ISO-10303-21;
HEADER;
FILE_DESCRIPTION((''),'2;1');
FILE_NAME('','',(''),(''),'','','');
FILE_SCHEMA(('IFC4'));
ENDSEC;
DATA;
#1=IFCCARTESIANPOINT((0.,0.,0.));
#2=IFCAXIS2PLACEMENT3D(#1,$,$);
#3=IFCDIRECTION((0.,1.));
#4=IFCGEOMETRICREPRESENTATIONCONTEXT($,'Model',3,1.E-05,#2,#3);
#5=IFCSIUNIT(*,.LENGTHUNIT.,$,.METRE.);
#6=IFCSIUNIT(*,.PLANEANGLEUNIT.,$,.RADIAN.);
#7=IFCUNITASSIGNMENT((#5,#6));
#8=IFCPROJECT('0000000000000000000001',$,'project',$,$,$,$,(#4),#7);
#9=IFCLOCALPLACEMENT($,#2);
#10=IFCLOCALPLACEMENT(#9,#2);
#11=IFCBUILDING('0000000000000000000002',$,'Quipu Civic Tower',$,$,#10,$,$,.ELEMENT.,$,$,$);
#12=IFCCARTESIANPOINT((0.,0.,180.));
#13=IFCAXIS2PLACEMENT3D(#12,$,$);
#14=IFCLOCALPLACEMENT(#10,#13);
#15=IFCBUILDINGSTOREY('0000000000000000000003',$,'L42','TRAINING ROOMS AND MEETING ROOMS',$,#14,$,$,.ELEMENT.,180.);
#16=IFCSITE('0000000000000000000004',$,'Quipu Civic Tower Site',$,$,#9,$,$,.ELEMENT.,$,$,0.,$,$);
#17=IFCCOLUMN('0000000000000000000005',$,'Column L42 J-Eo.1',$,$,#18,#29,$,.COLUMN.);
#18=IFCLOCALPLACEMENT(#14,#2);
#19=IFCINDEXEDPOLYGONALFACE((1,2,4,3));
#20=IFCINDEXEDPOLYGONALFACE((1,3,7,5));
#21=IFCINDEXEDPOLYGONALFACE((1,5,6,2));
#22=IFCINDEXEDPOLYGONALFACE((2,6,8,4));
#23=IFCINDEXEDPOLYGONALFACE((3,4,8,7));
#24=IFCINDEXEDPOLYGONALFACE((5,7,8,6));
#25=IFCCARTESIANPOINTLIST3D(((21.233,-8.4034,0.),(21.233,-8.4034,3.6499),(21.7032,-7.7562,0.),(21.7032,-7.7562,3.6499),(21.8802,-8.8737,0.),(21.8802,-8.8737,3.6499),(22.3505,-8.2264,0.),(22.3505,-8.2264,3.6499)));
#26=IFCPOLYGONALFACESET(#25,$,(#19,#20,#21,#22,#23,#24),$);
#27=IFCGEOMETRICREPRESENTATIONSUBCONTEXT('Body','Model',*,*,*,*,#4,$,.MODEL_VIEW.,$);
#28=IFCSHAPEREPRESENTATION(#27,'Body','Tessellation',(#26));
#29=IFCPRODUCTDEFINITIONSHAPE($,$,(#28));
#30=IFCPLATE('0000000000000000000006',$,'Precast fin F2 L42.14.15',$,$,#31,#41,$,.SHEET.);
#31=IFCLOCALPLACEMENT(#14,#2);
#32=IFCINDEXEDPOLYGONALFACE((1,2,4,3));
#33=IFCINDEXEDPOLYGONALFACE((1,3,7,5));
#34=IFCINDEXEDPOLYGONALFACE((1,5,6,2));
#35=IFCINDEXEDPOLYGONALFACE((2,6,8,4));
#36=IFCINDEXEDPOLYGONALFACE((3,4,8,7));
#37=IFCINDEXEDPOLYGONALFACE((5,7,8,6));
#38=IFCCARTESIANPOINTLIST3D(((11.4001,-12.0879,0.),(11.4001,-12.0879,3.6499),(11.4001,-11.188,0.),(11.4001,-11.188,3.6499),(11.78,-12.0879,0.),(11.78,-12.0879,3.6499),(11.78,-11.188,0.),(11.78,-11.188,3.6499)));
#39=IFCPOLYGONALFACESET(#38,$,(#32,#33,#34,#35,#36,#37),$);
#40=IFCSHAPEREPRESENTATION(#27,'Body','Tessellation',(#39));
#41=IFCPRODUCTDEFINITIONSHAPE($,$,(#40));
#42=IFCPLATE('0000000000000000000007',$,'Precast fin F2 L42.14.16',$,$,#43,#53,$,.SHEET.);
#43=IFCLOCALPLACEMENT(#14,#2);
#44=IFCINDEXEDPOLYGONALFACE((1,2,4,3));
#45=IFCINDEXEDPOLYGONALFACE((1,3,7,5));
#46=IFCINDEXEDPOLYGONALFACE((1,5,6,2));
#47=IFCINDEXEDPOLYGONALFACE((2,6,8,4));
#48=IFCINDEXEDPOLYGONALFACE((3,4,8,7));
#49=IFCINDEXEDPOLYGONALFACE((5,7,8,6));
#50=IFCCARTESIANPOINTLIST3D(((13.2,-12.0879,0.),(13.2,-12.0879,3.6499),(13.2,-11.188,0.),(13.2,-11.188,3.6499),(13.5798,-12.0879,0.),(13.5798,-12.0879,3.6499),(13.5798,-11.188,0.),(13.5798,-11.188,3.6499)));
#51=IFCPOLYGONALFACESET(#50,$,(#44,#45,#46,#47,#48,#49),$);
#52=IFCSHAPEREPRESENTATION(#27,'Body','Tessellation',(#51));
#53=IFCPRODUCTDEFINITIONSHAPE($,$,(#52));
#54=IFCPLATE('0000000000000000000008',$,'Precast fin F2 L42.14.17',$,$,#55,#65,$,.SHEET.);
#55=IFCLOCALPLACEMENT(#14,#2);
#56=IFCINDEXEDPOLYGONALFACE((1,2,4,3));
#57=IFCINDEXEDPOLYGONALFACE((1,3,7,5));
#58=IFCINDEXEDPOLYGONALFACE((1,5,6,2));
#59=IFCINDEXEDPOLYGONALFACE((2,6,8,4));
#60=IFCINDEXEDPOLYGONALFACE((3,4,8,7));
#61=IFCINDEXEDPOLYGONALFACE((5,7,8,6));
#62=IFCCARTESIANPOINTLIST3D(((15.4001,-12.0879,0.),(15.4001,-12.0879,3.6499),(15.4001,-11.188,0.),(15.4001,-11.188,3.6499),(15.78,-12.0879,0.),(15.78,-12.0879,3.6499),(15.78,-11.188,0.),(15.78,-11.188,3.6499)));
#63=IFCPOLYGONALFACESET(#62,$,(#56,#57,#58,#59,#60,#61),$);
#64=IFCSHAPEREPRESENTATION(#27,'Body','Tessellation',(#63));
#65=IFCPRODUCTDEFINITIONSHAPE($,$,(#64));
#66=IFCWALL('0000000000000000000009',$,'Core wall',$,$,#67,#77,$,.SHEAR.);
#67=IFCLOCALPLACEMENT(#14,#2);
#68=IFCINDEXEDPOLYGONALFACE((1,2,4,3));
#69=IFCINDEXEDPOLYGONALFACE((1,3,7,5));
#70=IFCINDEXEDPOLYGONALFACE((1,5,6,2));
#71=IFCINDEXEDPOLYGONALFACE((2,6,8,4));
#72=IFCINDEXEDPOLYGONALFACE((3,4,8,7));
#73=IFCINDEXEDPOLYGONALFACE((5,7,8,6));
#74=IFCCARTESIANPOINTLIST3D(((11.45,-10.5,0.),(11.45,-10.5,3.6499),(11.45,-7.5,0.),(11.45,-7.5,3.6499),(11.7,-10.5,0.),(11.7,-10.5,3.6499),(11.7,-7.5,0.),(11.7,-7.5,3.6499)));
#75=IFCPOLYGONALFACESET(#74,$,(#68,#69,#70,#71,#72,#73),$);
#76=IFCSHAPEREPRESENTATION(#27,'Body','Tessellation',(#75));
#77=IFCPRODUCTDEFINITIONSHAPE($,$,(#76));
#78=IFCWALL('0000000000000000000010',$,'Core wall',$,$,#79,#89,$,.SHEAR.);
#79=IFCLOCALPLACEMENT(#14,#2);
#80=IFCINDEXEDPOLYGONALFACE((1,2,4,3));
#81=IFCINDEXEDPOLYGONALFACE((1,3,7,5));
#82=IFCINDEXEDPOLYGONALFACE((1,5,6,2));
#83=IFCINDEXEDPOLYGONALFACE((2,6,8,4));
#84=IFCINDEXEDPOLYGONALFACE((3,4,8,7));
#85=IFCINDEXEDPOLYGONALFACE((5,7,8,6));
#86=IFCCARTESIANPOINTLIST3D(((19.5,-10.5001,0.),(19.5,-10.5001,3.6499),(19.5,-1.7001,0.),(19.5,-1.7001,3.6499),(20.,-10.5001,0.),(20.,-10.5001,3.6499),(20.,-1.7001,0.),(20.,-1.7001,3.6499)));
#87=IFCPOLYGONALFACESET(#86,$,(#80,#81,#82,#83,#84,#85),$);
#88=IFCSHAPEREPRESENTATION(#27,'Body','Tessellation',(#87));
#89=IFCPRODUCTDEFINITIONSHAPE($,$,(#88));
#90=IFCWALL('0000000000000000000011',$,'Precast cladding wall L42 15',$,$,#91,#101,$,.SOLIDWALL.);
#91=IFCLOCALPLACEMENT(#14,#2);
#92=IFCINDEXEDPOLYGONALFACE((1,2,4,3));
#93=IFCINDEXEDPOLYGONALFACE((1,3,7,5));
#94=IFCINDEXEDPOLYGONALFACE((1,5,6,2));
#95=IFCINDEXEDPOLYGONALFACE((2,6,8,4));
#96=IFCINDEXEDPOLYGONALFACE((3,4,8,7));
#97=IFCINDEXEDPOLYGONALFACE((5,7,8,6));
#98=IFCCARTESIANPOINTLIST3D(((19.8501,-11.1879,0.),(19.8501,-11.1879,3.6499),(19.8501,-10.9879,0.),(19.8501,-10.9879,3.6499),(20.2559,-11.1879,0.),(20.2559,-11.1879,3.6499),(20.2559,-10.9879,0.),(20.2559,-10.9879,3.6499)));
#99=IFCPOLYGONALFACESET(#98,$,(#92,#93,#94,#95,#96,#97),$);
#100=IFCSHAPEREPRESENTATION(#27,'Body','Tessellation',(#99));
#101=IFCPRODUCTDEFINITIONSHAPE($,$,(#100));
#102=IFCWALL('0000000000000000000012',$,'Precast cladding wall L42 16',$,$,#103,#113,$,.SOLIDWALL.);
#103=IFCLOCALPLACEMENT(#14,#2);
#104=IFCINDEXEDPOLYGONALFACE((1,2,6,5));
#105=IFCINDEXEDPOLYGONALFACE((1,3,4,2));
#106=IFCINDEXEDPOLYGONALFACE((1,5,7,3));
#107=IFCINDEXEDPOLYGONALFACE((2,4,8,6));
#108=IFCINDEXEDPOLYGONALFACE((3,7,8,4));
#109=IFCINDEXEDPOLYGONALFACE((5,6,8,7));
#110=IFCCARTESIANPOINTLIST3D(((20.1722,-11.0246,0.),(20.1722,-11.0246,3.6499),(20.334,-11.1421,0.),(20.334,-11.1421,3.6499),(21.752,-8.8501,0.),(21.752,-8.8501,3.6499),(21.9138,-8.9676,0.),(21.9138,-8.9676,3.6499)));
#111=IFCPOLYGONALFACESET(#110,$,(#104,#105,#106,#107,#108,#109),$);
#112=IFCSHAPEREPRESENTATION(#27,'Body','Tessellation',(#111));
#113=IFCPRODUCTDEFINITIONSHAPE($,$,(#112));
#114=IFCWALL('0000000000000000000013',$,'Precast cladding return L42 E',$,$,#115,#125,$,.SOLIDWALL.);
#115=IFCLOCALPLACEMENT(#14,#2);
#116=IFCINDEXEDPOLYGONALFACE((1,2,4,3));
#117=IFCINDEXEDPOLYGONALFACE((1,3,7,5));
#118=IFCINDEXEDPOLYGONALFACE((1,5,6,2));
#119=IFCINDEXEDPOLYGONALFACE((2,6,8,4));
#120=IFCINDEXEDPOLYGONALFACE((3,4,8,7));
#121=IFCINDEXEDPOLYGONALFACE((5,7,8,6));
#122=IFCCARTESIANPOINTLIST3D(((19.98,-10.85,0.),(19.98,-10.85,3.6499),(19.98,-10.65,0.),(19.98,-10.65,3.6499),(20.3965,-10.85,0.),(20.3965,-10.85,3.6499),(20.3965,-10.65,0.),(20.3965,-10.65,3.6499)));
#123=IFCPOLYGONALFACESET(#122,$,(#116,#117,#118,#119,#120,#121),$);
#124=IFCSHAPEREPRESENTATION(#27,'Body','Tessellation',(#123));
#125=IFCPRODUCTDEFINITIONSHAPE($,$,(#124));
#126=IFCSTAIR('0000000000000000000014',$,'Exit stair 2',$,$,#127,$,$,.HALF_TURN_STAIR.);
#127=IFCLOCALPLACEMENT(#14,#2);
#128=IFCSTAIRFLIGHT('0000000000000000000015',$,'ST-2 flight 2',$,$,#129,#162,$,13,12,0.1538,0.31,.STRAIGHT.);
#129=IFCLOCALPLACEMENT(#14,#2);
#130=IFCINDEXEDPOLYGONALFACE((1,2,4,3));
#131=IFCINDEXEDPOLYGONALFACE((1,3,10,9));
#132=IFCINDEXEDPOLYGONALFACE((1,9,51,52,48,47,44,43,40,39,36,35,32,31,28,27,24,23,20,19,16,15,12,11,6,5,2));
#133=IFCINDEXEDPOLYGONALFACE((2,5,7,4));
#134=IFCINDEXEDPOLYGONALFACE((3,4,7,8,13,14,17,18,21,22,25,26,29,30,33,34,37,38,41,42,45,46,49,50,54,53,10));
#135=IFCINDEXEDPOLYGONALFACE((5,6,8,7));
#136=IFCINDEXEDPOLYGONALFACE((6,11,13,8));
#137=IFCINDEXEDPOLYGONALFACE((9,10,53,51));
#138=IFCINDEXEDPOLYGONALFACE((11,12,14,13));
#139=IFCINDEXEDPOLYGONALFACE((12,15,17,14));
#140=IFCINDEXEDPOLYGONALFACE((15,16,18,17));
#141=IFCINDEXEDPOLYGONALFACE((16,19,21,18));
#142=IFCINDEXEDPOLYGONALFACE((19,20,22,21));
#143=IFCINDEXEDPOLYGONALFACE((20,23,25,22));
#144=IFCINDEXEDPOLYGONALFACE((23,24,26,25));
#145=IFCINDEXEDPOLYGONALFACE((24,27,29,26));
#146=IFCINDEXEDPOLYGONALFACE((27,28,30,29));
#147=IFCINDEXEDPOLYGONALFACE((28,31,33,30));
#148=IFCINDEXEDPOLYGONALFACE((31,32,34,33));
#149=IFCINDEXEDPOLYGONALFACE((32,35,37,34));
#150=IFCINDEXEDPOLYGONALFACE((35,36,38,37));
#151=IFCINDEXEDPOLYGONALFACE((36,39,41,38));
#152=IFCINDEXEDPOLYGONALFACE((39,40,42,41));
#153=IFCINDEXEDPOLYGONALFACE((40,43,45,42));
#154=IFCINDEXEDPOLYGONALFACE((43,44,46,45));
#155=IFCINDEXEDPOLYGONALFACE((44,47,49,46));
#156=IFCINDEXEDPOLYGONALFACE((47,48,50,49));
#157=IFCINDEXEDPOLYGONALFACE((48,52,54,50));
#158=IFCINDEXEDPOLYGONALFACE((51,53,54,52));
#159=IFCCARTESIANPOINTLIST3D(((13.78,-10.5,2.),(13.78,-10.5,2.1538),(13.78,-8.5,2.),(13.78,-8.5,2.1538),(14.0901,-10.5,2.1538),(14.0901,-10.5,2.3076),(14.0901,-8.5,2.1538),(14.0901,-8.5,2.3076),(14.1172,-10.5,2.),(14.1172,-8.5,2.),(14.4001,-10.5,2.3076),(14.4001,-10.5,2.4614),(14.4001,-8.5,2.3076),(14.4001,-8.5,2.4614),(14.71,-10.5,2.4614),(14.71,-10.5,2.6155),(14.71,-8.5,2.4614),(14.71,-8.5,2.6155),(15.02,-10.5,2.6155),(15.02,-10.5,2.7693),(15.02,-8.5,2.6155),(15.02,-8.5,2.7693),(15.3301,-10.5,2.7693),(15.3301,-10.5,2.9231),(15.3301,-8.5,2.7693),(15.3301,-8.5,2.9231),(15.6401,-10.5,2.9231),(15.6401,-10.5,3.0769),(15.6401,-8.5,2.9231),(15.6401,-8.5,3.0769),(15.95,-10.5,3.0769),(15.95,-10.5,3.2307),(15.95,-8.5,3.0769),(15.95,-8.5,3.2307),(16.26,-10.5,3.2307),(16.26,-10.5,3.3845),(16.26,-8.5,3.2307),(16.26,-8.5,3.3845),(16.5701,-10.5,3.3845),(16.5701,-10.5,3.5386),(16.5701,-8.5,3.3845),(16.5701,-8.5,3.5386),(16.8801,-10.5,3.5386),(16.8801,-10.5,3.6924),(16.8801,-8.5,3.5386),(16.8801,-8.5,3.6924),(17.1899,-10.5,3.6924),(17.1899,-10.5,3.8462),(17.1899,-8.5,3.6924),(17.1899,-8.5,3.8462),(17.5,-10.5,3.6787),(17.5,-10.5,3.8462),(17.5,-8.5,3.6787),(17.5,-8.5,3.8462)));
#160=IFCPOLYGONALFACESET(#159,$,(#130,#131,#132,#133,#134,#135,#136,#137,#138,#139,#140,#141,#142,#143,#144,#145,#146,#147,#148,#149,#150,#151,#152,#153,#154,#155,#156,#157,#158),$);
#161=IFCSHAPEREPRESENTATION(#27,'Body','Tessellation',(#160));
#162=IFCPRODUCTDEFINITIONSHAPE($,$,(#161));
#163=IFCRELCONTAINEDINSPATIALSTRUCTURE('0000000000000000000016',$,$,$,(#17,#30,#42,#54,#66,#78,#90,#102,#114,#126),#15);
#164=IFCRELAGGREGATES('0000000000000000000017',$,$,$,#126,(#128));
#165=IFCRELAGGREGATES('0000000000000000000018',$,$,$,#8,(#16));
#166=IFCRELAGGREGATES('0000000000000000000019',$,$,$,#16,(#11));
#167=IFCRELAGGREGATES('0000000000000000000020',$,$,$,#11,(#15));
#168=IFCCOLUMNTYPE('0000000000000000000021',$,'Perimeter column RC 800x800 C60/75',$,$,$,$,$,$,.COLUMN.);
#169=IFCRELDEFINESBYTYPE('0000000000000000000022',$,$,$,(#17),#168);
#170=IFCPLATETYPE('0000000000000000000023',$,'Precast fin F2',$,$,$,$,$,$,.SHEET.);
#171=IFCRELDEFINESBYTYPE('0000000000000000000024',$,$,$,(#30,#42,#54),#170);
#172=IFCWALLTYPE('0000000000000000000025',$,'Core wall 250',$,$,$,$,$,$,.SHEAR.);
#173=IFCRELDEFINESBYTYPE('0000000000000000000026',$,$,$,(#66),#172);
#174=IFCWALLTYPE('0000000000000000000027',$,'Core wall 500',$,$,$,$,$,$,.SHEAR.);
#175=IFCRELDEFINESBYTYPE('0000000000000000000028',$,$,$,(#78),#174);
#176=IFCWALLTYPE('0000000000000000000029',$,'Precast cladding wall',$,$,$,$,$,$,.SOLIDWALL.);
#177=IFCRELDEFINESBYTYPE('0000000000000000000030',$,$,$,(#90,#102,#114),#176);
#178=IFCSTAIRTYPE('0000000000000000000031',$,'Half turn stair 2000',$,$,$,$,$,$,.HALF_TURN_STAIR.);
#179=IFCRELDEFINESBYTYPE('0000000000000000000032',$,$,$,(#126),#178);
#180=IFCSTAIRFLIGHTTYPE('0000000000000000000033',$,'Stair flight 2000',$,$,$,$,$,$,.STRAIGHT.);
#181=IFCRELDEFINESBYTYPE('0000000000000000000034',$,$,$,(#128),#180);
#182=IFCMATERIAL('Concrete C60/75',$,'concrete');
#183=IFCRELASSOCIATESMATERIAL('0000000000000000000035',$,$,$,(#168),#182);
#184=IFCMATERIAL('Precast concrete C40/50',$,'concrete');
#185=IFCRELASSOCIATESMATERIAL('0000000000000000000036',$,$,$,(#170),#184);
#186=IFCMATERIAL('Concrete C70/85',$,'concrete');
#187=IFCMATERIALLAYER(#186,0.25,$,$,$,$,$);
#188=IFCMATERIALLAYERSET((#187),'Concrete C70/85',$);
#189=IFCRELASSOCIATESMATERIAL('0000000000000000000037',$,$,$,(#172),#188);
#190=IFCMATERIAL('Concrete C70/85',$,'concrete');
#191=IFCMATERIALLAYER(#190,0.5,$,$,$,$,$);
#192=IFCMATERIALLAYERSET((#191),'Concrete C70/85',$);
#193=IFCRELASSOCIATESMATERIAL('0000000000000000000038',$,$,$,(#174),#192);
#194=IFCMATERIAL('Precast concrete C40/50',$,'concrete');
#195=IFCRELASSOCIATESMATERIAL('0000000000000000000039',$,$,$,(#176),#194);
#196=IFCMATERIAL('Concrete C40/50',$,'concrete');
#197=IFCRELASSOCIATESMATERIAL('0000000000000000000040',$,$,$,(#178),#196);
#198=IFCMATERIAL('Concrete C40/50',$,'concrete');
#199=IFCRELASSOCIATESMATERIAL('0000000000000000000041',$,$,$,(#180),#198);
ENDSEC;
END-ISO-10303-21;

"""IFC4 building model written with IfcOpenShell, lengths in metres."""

from ifc_helpers import new_model, si_unit, direction, frame, frame_2d, origin, origin_2d, place, context, subcontext, project, spatial, polyline, rectangle, outline, extrude, material, layer, layer_set, material_profile, profile_set, type_object, element, aggregate, save


model = new_model("IFC4")

# Units and contexts
model_context = context("Model", 3, precision=1e-05, world=origin(), true_north=direction((0.0, 1.0)))
body_context = subcontext(model_context, "Body", "Model", "MODEL_VIEW")
ifc_project = project(units=[si_unit("LENGTHUNIT", "METRE"), si_unit("PLANEANGLEUNIT", "RADIAN")], contexts=[model_context])

# Site, building, storey
site_placement = place(None, origin())
site = spatial("IfcSite", under=ifc_project, at=site_placement, Name="Quipu Civic Tower Site", CompositionType="ELEMENT", RefElevation=0.0)
building_placement = place(site_placement, origin())
building = spatial("IfcBuilding", under=site, at=building_placement, Name="Quipu Civic Tower", CompositionType="ELEMENT")
storey_placement = place(building_placement, frame((0.0, 0.0, 180.0)))
storey = spatial("IfcBuildingStorey", under=building, at=storey_placement, Name="L42", Description="TRAINING ROOMS AND MEETING ROOMS", CompositionType="ELEMENT", Elevation=180.0)

# Column
ifc_material_1 = material(Name="Concrete C60/75", Category="concrete")
ifc_material_profile = material_profile(ifc_material_1, rectangle(XDim=0.8, YDim=0.8, at=origin_2d()), Name="RC800x800")
ifc_profile_set = profile_set([ifc_material_profile], Name="Concrete C60/75")
column_type = type_object("IfcColumnType", Name="Perimeter column RC 800x800 C60/75", PredefinedType="COLUMN", material=ifc_profile_set)
column_placement = place(storey_placement, frame((21.7917, -8.3149, 0.0), z_axis=(0.0, 0.0, 1.0), x_axis=(0.587785, 0.809017, 0.0)))
element("IfcColumn", 1, at=column_placement, inside=storey, type_object=column_type, Name="Column L42 J-Eo.1", PredefinedType="COLUMN", context=body_context, shape_type="SweptSolid", body=[
    extrude(rectangle(XDim=0.8, YDim=0.8, at=origin_2d()), origin(), (0.0, 0.0, 1.0), 3.6499),
])

# Plates
ifc_material_2 = material(Name="Precast concrete C40/50", Category="concrete")
plate_type = type_object("IfcPlateType", Name="Precast fin F2", PredefinedType="SHEET", material=ifc_material_2)
for number, where, z_axis, x_axis, name in (
    (2, (11.5901, -11.6379, 0.0), (0.0, 0.0, 1.0), (1.0, 0.0, 0.0), "Precast fin F2 L42.14.15"),
    (3, (13.3899, -11.6379, 0.0), (0.0, 0.0, 1.0), (1.0, 0.0, 0.0), "Precast fin F2 L42.14.16"),
    (4, (15.5901, -11.6379, 0.0), (0.0, 0.0, 1.0), (1.0, 0.0, 0.0), "Precast fin F2 L42.14.17"),
):
    element("IfcPlate", number, at=place(storey_placement, frame(where, z_axis=z_axis, x_axis=x_axis)), inside=storey, type_object=plate_type, Name=name, PredefinedType="SHEET", context=body_context, shape_type="SweptSolid", body=[
        extrude(rectangle(XDim=0.3799, YDim=0.8999, at=origin_2d()), origin(), (0.0, 0.0, 1.0), 3.6499),
    ])

# Wall
ifc_material_3 = material(Name="Concrete C70/85", Category="concrete")
ifc_layer_1 = layer(ifc_material_3, 0.25)
ifc_layer_set_1 = layer_set([ifc_layer_1], Name="Concrete C70/85")
wall_type_1 = type_object("IfcWallType", Name="Core wall 250", PredefinedType="SHEAR", material=ifc_layer_set_1)
wall_1_placement = place(storey_placement, frame((11.575, -10.5, 0.0), z_axis=(0.0, 0.0, 1.0), x_axis=(0.0, 1.0, 0.0)))
element("IfcWall", 5, at=wall_1_placement, inside=storey, type_object=wall_type_1, Name="Core wall", PredefinedType="SHEAR", context=body_context, shape_type="SweptSolid", body=[
    extrude(rectangle(XDim=3.0, YDim=0.25, at=frame_2d((1.5, 0.0))), origin(), (0.0, 0.0, 1.0), 3.6499),
])

# Walls
ifc_material_4 = material(Name="Concrete C70/85", Category="concrete")
ifc_layer_2 = layer(ifc_material_4, 0.5)
ifc_layer_set_2 = layer_set([ifc_layer_2], Name="Concrete C70/85")
wall_type_2 = type_object("IfcWallType", Name="Core wall 500", PredefinedType="SHEAR", material=ifc_layer_set_2)
wall_2_placement = place(storey_placement, frame((19.75, -10.5, 0.0), z_axis=(0.0, 0.0, 1.0), x_axis=(0.0, 1.0, 0.0)))
element("IfcWall", 6, at=wall_2_placement, inside=storey, type_object=wall_type_2, Name="Core wall", PredefinedType="SHEAR", context=body_context, shape_type="SweptSolid", body=[
    extrude(rectangle(XDim=8.8, YDim=0.5, at=frame_2d((4.3999, 0.0))), origin(), (0.0, 0.0, 1.0), 3.6499),
])
ifc_material_5 = material(Name="Precast concrete C40/50", Category="concrete")
wall_type_3 = type_object("IfcWallType", Name="Precast cladding wall", PredefinedType="SOLIDWALL", material=ifc_material_5)
wall_3_placement = place(storey_placement, frame((19.8501, -11.0879, 0.0), z_axis=(0.0, 0.0, 1.0), x_axis=(1.0, 0.0, 0.0)))
element("IfcWall", 7, at=wall_3_placement, inside=storey, type_object=wall_type_3, Name="Precast cladding wall L42 15", PredefinedType="SOLIDWALL", context=body_context, shape_type="SweptSolid", body=[
    extrude(rectangle(XDim=0.4058, YDim=0.2, at=frame_2d((0.2029, 0.0))), origin(), (0.0, 0.0, 1.0), 3.6499),
])
wall_4_placement = place(storey_placement, frame((20.2532, -11.0833, 0.0), z_axis=(0.0, 0.0, 1.0), x_axis=(0.587767, 0.809031, 0.0)))
element("IfcWall", 8, at=wall_4_placement, inside=storey, type_object=wall_type_3, Name="Precast cladding wall L42 16", PredefinedType="SOLIDWALL", context=body_context, shape_type="SweptSolid", body=[
    extrude(rectangle(XDim=2.6877, YDim=0.2, at=frame_2d((1.3438, 0.0))), origin(), (0.0, 0.0, 1.0), 3.6499),
])
wall_5_placement = place(storey_placement, frame((19.98, -10.75, 0.0), z_axis=(0.0, 0.0, 1.0), x_axis=(1.0, 0.0, 0.0)))
element("IfcWall", 9, at=wall_5_placement, inside=storey, type_object=wall_type_3, Name="Precast cladding return L42 E", PredefinedType="SOLIDWALL", context=body_context, shape_type="SweptSolid", body=[
    extrude(rectangle(XDim=0.4165, YDim=0.2, at=frame_2d((0.2083, 0.0))), origin(), (0.0, 0.0, 1.0), 3.6499),
])

# Stair, stair flight
ifc_material_6 = material(Name="Concrete C40/50", Category="concrete")
stair_type = type_object("IfcStairType", Name="Half turn stair 2000", PredefinedType="HALF_TURN_STAIR", material=ifc_material_6)
stair_placement = place(storey_placement, origin())
stair = element("IfcStair", 10, at=stair_placement, inside=storey, type_object=stair_type, Name="Exit stair 2", PredefinedType="HALF_TURN_STAIR")
ifc_material_7 = material(Name="Concrete C40/50", Category="concrete")
stair_flight_type = type_object("IfcStairFlightType", Name="Stair flight 2000", PredefinedType="STRAIGHT", material=ifc_material_7)
stair_flight_placement = place(storey_placement, frame((13.78, -9.5, 2.0), z_axis=(0.0, 0.0, 1.0), x_axis=(1.0, 0.0, 0.0)))
stair_flight = element("IfcStairFlight", 11, at=stair_flight_placement, type_object=stair_flight_type, Name="ST-2 flight 2", NumberOfRisers=13, NumberOfTreads=12, PredefinedType="STRAIGHT", RiserHeight=0.1538, TreadLength=0.31, context=body_context, shape_type="SweptSolid", body=[
    extrude(outline(polyline([(0.0, 0.0), (0.0, 0.1538), (0.3101, 0.1538), (0.3101, 0.3076), (0.6201, 0.3076), (0.6201, 0.4614), (0.9299, 0.4614), (0.9299, 0.6155), (1.24, 0.6155), (1.24, 0.7693), (1.55, 0.7693), (1.55, 0.9231), (1.8601, 0.9231), (1.8601, 1.0769), (2.1699, 1.0769), (2.1699, 1.2307), (2.48, 1.2307), (2.48, 1.3845), (2.79, 1.3845), (2.79, 1.5386), (3.1001, 1.5386), (3.1001, 1.6924), (3.4099, 1.6924), (3.4099, 1.8462), (3.72, 1.8462), (3.72, 2.0), (3.72, 1.6787), (0.3372, 0.0), (0.0, 0.0)])), frame((0.0, 1.0, 0.0), z_axis=(0.0, -1.0, 0.0), x_axis=(1.0, 0.0, 0.0)), (0.0, 0.0, 1.0), 2.0),
])
aggregate(stair, [stair_flight])

save(model, "model.ifc")
